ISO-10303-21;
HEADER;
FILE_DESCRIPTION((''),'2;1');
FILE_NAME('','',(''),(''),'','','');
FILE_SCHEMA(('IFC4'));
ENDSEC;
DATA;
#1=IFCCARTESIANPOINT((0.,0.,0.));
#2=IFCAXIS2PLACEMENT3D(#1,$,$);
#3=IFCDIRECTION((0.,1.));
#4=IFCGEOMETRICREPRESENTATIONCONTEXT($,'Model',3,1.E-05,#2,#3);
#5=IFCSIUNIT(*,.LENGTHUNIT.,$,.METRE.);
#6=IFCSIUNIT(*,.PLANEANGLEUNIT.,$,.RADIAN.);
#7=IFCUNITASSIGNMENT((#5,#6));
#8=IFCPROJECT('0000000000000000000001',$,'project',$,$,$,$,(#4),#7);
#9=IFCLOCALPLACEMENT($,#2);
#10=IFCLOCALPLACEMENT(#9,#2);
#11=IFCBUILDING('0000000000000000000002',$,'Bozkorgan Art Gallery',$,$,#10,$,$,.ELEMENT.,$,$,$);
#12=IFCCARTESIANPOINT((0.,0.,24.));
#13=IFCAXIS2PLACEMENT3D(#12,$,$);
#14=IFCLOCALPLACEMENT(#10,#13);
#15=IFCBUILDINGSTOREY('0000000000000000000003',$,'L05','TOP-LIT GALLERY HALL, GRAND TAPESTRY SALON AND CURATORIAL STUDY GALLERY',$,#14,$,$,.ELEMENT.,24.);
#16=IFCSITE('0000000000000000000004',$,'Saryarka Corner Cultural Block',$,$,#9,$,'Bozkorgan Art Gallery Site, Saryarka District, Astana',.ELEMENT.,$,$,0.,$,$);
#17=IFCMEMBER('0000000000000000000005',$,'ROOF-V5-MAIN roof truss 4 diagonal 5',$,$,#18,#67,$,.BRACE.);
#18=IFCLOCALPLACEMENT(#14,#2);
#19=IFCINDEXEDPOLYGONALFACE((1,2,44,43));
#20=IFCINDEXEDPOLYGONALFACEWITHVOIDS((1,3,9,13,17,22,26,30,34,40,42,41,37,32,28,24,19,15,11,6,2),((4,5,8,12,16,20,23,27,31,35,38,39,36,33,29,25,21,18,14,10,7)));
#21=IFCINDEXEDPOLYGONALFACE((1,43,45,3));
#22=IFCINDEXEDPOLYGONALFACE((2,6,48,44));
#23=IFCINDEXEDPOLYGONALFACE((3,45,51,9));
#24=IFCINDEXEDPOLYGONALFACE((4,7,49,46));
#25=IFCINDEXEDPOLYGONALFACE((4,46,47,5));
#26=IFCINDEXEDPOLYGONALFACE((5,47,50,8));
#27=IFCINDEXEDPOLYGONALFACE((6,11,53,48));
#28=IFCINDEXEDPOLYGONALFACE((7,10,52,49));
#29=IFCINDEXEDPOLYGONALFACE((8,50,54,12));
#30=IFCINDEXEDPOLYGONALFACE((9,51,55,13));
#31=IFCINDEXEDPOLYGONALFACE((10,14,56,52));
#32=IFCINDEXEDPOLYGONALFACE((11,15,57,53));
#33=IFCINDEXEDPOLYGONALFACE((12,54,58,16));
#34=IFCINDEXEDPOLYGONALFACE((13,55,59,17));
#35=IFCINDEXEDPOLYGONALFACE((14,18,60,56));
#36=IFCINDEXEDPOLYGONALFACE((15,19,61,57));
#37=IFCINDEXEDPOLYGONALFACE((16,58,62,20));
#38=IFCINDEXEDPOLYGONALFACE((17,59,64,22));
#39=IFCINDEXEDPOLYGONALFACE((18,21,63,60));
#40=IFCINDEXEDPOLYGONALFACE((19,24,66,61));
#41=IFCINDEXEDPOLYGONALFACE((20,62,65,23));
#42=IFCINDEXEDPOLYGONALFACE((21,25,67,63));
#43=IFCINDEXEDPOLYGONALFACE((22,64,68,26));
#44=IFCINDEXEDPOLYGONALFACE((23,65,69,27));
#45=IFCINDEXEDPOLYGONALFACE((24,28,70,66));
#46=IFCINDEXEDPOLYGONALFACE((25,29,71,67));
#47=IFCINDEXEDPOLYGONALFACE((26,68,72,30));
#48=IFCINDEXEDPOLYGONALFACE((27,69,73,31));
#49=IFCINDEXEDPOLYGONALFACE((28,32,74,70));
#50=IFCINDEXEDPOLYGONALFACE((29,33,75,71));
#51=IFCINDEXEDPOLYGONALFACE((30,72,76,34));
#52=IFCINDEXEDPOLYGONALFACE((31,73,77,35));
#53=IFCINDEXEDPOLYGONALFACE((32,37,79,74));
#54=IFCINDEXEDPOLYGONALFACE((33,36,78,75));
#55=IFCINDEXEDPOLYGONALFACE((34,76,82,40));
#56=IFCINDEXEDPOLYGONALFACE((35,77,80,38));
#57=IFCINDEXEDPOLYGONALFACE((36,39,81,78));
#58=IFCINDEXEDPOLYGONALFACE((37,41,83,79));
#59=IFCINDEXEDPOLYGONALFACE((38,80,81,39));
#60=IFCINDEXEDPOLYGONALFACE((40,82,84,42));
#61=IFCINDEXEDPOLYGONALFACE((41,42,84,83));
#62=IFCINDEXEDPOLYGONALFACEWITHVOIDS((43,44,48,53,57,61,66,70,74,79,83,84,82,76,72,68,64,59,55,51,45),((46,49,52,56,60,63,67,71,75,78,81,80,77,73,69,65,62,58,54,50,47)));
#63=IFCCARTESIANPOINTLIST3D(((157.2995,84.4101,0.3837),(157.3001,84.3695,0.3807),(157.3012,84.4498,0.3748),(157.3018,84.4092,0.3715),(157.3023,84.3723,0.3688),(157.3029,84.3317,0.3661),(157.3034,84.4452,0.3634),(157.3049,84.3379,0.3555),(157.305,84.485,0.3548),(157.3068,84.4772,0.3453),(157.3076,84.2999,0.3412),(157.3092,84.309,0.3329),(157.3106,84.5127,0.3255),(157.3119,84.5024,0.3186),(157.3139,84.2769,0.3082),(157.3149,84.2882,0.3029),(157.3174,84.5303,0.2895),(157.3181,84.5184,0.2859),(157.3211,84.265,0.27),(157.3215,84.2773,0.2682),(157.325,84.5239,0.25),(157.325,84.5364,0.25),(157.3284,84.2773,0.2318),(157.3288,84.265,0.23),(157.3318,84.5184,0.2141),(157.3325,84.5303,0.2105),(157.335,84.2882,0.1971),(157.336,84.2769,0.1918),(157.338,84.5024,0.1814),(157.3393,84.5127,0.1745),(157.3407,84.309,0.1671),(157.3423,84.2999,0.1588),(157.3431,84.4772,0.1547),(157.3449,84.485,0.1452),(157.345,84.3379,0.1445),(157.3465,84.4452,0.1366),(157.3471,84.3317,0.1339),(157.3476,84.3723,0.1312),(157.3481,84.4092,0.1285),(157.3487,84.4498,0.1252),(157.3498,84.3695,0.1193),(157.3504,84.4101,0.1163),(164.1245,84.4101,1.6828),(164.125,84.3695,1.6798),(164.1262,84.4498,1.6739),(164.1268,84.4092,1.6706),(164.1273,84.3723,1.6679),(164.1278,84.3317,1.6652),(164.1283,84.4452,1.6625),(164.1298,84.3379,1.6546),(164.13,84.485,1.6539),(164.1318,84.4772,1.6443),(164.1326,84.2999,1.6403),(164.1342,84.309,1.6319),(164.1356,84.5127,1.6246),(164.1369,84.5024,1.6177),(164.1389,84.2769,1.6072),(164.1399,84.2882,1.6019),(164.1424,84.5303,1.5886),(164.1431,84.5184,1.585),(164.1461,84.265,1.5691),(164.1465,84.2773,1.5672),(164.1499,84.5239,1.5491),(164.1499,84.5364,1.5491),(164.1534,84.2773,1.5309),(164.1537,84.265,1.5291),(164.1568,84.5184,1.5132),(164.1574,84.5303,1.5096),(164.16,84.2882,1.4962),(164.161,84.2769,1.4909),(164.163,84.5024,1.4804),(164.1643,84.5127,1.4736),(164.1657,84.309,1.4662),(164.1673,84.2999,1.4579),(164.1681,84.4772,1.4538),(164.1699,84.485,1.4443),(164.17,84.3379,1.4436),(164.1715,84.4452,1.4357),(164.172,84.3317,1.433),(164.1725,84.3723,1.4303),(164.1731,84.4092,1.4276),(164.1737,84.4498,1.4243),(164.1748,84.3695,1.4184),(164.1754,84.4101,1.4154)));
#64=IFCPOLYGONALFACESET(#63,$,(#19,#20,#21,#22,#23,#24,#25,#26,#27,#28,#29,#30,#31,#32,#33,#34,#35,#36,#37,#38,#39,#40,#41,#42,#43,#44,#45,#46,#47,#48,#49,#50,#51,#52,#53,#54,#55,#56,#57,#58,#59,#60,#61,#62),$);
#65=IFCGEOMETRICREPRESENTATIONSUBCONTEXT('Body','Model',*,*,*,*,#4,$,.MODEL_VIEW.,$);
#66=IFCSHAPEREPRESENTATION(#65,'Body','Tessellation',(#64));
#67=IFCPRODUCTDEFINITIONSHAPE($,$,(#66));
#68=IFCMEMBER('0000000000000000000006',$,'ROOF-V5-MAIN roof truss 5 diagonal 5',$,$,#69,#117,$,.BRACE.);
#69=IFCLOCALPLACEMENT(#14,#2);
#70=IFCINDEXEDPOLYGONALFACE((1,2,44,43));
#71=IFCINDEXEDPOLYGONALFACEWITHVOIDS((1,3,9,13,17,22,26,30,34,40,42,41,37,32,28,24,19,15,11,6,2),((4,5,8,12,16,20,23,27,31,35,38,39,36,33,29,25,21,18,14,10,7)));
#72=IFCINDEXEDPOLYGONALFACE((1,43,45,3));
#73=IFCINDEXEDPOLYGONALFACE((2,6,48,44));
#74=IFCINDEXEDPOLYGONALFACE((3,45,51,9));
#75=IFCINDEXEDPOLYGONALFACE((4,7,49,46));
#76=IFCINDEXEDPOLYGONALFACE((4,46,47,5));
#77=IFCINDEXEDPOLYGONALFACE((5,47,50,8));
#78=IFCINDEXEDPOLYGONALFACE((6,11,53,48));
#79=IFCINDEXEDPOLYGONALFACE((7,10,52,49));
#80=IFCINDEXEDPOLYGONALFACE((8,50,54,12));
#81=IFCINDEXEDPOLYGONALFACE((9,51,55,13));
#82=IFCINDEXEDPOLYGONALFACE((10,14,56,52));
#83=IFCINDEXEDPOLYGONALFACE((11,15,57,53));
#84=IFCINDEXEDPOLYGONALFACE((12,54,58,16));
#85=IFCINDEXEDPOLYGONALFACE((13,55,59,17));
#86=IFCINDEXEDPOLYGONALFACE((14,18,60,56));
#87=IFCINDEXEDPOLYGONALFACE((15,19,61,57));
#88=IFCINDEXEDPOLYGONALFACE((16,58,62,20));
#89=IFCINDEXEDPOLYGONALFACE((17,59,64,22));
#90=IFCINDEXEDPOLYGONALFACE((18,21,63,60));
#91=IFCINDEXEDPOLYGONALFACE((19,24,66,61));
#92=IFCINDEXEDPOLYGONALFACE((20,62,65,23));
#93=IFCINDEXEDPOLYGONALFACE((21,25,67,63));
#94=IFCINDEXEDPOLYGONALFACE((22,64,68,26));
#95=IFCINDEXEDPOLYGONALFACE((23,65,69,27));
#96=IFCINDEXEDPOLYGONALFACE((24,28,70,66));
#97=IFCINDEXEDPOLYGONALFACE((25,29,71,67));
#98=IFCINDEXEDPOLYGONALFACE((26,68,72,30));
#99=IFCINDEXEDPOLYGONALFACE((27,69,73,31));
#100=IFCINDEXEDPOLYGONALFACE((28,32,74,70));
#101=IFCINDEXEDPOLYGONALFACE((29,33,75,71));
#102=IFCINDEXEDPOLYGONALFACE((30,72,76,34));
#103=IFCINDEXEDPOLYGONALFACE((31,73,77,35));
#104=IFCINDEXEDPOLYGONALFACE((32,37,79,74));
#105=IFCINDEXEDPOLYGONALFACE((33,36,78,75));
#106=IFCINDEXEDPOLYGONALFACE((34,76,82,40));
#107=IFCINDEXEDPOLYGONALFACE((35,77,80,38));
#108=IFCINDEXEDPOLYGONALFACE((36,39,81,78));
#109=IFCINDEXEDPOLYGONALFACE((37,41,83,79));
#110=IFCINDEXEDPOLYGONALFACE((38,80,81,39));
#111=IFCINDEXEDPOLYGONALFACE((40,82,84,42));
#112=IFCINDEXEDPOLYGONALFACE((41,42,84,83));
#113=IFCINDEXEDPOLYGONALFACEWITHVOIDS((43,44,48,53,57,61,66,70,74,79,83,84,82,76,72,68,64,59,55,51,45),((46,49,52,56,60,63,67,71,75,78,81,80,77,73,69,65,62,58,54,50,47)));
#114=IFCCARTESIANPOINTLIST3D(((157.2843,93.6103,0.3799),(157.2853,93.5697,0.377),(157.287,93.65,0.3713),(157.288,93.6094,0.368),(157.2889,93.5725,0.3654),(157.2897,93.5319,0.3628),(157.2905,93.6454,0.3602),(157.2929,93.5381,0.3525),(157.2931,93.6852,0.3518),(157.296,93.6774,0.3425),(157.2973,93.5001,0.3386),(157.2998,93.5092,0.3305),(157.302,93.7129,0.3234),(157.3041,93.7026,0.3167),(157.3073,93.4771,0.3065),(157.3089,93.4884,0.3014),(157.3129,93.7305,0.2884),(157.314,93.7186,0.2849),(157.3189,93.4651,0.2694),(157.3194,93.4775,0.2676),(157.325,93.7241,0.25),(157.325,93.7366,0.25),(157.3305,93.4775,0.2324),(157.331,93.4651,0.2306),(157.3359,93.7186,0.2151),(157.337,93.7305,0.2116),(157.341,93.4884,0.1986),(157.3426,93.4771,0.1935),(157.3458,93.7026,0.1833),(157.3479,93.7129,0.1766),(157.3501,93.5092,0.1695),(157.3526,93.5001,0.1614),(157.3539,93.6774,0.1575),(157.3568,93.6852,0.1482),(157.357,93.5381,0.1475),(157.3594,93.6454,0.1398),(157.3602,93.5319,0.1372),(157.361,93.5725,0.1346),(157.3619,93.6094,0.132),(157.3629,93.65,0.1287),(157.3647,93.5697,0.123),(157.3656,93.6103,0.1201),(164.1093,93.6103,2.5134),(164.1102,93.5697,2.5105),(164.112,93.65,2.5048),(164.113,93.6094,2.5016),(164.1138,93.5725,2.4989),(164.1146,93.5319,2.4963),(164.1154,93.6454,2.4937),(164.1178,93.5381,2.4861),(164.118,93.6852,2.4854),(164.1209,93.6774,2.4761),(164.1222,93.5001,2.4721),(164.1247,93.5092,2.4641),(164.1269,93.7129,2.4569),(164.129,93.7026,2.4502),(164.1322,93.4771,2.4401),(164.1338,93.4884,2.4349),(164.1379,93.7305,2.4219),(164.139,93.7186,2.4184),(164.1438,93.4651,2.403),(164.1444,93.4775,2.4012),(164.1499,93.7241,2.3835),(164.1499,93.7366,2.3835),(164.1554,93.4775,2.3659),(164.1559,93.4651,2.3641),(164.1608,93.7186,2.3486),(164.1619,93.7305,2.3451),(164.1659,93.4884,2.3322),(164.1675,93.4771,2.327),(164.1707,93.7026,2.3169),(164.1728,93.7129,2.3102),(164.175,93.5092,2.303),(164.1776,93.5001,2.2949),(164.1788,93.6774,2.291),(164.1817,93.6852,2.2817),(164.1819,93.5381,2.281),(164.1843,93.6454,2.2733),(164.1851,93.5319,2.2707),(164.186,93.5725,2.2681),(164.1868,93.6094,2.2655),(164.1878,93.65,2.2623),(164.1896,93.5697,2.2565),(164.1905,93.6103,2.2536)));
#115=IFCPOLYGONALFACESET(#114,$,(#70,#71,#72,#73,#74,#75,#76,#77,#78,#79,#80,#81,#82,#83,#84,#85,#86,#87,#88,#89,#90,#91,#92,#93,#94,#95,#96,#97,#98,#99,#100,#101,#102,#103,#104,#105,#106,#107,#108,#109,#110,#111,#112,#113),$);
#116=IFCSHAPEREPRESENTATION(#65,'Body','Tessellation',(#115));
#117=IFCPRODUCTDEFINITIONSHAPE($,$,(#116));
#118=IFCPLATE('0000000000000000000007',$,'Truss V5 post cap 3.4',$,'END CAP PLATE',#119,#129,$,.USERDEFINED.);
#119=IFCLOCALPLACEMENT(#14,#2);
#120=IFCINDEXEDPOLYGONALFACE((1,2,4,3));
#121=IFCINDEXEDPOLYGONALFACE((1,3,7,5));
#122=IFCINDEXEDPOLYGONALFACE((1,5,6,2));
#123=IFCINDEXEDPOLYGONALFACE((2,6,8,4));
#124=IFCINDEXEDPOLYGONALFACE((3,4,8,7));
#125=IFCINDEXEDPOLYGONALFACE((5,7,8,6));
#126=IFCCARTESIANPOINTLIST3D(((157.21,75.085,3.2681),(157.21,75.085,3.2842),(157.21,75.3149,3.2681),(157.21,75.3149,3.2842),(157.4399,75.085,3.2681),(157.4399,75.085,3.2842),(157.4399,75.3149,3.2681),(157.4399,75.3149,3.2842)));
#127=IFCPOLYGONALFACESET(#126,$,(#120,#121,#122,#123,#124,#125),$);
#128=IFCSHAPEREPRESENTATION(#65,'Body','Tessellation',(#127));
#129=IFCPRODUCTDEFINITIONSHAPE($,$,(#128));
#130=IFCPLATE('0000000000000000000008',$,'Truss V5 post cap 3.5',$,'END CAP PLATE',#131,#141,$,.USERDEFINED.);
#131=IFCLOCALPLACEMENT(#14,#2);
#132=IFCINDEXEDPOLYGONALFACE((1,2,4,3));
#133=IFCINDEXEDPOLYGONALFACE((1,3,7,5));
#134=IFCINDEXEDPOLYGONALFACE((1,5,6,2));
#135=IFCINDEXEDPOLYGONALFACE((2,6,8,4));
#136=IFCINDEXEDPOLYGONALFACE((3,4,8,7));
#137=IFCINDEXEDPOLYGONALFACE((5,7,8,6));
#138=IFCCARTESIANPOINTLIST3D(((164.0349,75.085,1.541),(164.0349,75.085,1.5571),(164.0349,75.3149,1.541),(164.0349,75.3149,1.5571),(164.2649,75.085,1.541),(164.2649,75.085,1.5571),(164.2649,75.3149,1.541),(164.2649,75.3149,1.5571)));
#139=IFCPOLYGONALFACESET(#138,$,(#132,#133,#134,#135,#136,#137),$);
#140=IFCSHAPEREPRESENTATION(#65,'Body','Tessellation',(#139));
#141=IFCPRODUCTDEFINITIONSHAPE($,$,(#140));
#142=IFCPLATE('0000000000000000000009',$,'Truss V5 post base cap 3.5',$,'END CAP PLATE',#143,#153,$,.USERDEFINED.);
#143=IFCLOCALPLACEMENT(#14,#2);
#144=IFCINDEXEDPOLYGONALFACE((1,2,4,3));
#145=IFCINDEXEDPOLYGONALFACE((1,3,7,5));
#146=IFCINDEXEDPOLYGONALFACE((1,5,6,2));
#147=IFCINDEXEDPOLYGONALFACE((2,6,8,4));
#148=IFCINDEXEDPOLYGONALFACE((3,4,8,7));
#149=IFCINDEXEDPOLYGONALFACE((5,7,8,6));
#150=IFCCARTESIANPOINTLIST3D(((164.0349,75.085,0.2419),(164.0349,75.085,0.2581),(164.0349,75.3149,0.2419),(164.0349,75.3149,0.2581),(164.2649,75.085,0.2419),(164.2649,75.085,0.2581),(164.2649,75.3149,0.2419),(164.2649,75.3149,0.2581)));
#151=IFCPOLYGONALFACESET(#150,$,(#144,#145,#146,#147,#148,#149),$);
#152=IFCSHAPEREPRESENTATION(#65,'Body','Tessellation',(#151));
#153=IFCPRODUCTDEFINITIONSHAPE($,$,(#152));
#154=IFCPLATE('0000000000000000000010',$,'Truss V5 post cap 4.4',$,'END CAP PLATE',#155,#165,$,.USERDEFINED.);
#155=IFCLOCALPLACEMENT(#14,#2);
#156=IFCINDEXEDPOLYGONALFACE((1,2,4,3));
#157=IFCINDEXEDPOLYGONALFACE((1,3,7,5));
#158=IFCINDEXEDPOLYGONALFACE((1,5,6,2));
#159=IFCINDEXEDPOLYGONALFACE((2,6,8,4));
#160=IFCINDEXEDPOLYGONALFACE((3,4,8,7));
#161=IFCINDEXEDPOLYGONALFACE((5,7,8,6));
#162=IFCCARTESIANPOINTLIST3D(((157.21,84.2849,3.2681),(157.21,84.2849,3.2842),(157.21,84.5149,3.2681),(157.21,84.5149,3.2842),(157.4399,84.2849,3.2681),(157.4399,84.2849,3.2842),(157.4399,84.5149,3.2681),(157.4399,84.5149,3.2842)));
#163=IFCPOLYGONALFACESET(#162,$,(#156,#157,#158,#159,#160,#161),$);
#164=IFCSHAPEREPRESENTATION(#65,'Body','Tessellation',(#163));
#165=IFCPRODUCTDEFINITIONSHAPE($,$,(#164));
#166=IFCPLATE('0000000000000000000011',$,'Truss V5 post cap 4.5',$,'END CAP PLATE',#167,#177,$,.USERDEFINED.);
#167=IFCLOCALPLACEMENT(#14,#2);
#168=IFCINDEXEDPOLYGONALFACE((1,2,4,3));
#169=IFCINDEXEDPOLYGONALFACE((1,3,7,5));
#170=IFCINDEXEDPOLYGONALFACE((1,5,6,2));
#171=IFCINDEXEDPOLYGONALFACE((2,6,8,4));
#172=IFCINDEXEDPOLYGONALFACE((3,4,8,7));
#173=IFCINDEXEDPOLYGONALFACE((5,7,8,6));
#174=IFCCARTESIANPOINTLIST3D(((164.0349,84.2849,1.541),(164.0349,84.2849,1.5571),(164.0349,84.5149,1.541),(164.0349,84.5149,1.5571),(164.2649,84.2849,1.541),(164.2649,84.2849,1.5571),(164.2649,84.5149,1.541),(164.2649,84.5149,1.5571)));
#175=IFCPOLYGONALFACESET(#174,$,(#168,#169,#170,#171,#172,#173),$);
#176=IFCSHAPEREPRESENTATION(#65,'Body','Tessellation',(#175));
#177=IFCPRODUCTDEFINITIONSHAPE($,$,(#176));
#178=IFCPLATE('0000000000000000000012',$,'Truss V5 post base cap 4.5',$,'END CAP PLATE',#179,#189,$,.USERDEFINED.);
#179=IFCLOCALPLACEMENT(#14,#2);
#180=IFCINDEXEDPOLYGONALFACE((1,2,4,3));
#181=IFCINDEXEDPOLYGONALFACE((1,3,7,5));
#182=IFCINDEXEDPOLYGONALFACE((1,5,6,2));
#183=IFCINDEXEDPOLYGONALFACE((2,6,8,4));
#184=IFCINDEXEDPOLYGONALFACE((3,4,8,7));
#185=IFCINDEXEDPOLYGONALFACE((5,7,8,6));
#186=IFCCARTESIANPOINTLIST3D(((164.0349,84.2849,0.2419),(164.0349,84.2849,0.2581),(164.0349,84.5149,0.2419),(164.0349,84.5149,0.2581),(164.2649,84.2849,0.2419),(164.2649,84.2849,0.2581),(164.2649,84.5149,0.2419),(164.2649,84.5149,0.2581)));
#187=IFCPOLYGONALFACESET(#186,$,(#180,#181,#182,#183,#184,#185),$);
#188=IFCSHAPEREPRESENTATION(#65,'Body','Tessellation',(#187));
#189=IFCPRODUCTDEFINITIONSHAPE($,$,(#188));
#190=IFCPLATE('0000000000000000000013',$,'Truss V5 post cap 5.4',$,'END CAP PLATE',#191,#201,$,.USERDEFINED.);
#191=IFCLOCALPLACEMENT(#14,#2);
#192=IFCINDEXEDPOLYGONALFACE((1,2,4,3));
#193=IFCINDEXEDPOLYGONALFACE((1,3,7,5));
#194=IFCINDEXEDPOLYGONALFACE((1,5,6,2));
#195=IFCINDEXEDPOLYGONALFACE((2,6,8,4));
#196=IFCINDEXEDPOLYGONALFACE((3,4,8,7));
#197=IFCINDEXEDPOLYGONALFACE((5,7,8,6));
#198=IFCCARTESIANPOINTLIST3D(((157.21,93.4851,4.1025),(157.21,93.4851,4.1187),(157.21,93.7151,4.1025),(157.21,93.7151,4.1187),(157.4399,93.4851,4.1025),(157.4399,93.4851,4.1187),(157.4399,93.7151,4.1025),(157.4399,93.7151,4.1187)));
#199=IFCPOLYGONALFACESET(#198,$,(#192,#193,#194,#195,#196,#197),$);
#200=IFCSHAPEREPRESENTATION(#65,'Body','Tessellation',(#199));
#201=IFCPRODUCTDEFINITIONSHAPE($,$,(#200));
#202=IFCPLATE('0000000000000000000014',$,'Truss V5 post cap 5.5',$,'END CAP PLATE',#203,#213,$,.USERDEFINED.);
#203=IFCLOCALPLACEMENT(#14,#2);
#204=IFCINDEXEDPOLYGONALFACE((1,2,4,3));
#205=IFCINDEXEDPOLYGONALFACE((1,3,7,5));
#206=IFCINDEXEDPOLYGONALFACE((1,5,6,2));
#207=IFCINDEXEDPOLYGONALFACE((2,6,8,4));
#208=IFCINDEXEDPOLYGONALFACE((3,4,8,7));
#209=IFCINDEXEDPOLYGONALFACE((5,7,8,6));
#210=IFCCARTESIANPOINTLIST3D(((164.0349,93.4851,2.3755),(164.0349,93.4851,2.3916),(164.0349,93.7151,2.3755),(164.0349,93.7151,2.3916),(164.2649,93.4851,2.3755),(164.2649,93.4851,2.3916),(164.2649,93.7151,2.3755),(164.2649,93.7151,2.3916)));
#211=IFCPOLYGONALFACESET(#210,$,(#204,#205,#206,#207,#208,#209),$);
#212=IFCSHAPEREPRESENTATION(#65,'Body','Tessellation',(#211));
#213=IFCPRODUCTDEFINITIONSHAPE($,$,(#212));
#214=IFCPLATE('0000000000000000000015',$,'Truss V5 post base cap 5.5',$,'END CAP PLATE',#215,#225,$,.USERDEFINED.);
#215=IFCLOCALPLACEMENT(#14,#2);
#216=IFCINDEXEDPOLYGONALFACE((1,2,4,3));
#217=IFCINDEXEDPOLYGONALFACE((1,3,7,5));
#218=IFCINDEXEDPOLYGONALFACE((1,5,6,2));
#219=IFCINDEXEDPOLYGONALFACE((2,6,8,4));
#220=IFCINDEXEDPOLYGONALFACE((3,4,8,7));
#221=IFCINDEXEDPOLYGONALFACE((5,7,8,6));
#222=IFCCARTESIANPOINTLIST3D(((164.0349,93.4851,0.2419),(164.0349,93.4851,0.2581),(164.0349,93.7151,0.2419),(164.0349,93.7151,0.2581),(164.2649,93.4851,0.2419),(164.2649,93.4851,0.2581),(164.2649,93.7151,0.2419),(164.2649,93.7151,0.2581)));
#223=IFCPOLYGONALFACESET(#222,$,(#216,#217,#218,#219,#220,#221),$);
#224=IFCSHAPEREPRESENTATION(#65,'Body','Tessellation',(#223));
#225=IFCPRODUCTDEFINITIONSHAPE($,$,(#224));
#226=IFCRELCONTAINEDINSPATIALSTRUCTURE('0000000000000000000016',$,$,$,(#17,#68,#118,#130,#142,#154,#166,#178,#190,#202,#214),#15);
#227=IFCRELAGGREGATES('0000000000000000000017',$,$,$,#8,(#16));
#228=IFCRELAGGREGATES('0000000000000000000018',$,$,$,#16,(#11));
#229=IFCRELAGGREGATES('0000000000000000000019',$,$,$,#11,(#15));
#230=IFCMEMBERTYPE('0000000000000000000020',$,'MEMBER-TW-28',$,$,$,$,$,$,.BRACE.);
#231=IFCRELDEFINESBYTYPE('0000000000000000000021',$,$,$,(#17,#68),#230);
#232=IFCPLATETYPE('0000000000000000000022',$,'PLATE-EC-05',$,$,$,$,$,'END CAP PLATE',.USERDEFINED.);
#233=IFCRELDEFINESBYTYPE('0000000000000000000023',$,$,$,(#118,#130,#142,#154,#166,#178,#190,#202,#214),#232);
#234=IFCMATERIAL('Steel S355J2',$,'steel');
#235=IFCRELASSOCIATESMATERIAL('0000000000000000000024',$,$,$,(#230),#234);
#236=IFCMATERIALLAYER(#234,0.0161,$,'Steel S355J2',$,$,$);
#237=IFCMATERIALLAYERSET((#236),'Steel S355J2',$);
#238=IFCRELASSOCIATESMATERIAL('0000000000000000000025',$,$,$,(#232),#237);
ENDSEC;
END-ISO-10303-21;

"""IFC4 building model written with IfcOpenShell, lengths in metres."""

from ifc_helpers import new_model, si_unit, direction, frame, origin, origin_2d, place, context, subcontext, project, spatial, rectangle, hollow_circle, extrude, material, layer, layer_set, material_profile, profile_set, type_object, element, save


model = new_model("IFC4")

# Units and contexts
model_context = context("Model", 3, precision=1e-05, world=origin(), true_north=direction((0.0, 1.0)))
body_context = subcontext(model_context, "Body", "Model", "MODEL_VIEW")
ifc_project = project(units=[si_unit("LENGTHUNIT", "METRE"), si_unit("PLANEANGLEUNIT", "RADIAN")], contexts=[model_context])

# Site, building, storey
site_placement = place(None, origin())
site = spatial("IfcSite", under=ifc_project, at=site_placement, Name="Saryarka Corner Cultural Block", LongName="Bozkorgan Art Gallery Site, Saryarka District, Astana", CompositionType="ELEMENT", RefElevation=0.0)
building_placement = place(site_placement, origin())
building = spatial("IfcBuilding", under=site, at=building_placement, Name="Bozkorgan Art Gallery", CompositionType="ELEMENT")
storey_placement = place(building_placement, frame((0.0, 0.0, 24.0)))
storey = spatial("IfcBuildingStorey", under=building, at=storey_placement, Name="L05", Description="TOP-LIT GALLERY HALL, GRAND TAPESTRY SALON AND CURATORIAL STUDY GALLERY", CompositionType="ELEMENT", Elevation=24.0)

# Members
ifc_material = material(Name="Steel S355J2", Category="steel")
ifc_material_profile_1 = material_profile(ifc_material, hollow_circle(Radius=0.1365, WallThickness=0.0125, at=origin_2d()), Name="CHS 273x12.5")
ifc_profile_set_1 = profile_set([ifc_material_profile_1], Name="Steel S355J2")
member_type_1 = type_object("IfcMemberType", Name="MEMBER-TW-28", PredefinedType="BRACE", material=ifc_profile_set_1)
for number, where, z_axis, x_axis, name in (
    (1, (157.325, 84.3999, 0.25), (0.982363, 0.0, 0.186985), (0.0, 1.0, 0.0), "ROOF-V5-MAIN roof truss 4 diagonal 5"),
):
    element("IfcMember", number, at=place(storey_placement, frame(where, z_axis=z_axis, x_axis=x_axis)), inside=storey, type_object=member_type_1, Name=name, PredefinedType="BRACE", context=body_context, shape_type="SweptSolid", body=[
        extrude(hollow_circle(Radius=0.1365, WallThickness=0.0125, at=origin_2d()), origin(), (0.0, 0.0, 1.0), 6.9475),
    ])
member_1_placement = place(storey_placement, frame((157.325, 93.6001, 0.25), z_axis=(0.95445, 0.0, 0.29837), x_axis=(0.0, 1.0, 0.0)))
element("IfcMember", 2, at=member_1_placement, inside=storey, type_object=member_type_1, Name="ROOF-V5-MAIN roof truss 5 diagonal 5", PredefinedType="BRACE", context=body_context, shape_type="SweptSolid", body=[
    extrude(hollow_circle(Radius=0.1365, WallThickness=0.0125, at=origin_2d()), origin(), (0.0, 0.0, 1.0), 7.1506),
])

# Plates
ifc_layer_1 = layer(ifc_material, 0.0161, Name="Steel S355J2")
ifc_layer_set_1 = layer_set([ifc_layer_1], Name="Steel S355J2")
plate_type_1 = type_object("IfcPlateType", Name="PLATE-EC-05", ElementType="END CAP PLATE", PredefinedType="USERDEFINED", material=ifc_layer_set_1)
for number, where, z_axis, x_axis, name in (
    (3, (157.325, 75.2, 3.2681), (0.0, 0.0, 1.0), (1.0, 0.0, 0.0), "Truss V5 post cap 3.4"),
    (4, (164.1499, 75.2, 1.541), (0.0, 0.0, 1.0), (1.0, 0.0, 0.0), "Truss V5 post cap 3.5"),
    (5, (164.1499, 75.2, 0.2419), (0.0, 0.0, 1.0), (1.0, 0.0, 0.0), "Truss V5 post base cap 3.5"),
    (6, (157.325, 84.3999, 3.2681), (0.0, 0.0, 1.0), (1.0, 0.0, 0.0), "Truss V5 post cap 4.4"),
    (7, (164.1499, 84.3999, 1.541), (0.0, 0.0, 1.0), (1.0, 0.0, 0.0), "Truss V5 post cap 4.5"),
    (8, (164.1499, 84.3999, 0.2419), (0.0, 0.0, 1.0), (1.0, 0.0, 0.0), "Truss V5 post base cap 4.5"),
    (9, (157.325, 93.6001, 4.1025), (0.0, 0.0, 1.0), (1.0, 0.0, 0.0), "Truss V5 post cap 5.4"),
    (10, (164.1499, 93.6001, 2.3755), (0.0, 0.0, 1.0), (1.0, 0.0, 0.0), "Truss V5 post cap 5.5"),
    (11, (164.1499, 93.6001, 0.2419), (0.0, 0.0, 1.0), (1.0, 0.0, 0.0), "Truss V5 post base cap 5.5"),
):
    element("IfcPlate", number, at=place(storey_placement, frame(where, z_axis=z_axis, x_axis=x_axis)), inside=storey, type_object=plate_type_1, Name=name, ObjectType="END CAP PLATE", PredefinedType="USERDEFINED", context=body_context, shape_type="SweptSolid", body=[
        extrude(rectangle(XDim=0.23, YDim=0.23, at=origin_2d()), origin(), (0.0, 0.0, 1.0), 0.0161),
    ])

save(model, "model.ifc")
